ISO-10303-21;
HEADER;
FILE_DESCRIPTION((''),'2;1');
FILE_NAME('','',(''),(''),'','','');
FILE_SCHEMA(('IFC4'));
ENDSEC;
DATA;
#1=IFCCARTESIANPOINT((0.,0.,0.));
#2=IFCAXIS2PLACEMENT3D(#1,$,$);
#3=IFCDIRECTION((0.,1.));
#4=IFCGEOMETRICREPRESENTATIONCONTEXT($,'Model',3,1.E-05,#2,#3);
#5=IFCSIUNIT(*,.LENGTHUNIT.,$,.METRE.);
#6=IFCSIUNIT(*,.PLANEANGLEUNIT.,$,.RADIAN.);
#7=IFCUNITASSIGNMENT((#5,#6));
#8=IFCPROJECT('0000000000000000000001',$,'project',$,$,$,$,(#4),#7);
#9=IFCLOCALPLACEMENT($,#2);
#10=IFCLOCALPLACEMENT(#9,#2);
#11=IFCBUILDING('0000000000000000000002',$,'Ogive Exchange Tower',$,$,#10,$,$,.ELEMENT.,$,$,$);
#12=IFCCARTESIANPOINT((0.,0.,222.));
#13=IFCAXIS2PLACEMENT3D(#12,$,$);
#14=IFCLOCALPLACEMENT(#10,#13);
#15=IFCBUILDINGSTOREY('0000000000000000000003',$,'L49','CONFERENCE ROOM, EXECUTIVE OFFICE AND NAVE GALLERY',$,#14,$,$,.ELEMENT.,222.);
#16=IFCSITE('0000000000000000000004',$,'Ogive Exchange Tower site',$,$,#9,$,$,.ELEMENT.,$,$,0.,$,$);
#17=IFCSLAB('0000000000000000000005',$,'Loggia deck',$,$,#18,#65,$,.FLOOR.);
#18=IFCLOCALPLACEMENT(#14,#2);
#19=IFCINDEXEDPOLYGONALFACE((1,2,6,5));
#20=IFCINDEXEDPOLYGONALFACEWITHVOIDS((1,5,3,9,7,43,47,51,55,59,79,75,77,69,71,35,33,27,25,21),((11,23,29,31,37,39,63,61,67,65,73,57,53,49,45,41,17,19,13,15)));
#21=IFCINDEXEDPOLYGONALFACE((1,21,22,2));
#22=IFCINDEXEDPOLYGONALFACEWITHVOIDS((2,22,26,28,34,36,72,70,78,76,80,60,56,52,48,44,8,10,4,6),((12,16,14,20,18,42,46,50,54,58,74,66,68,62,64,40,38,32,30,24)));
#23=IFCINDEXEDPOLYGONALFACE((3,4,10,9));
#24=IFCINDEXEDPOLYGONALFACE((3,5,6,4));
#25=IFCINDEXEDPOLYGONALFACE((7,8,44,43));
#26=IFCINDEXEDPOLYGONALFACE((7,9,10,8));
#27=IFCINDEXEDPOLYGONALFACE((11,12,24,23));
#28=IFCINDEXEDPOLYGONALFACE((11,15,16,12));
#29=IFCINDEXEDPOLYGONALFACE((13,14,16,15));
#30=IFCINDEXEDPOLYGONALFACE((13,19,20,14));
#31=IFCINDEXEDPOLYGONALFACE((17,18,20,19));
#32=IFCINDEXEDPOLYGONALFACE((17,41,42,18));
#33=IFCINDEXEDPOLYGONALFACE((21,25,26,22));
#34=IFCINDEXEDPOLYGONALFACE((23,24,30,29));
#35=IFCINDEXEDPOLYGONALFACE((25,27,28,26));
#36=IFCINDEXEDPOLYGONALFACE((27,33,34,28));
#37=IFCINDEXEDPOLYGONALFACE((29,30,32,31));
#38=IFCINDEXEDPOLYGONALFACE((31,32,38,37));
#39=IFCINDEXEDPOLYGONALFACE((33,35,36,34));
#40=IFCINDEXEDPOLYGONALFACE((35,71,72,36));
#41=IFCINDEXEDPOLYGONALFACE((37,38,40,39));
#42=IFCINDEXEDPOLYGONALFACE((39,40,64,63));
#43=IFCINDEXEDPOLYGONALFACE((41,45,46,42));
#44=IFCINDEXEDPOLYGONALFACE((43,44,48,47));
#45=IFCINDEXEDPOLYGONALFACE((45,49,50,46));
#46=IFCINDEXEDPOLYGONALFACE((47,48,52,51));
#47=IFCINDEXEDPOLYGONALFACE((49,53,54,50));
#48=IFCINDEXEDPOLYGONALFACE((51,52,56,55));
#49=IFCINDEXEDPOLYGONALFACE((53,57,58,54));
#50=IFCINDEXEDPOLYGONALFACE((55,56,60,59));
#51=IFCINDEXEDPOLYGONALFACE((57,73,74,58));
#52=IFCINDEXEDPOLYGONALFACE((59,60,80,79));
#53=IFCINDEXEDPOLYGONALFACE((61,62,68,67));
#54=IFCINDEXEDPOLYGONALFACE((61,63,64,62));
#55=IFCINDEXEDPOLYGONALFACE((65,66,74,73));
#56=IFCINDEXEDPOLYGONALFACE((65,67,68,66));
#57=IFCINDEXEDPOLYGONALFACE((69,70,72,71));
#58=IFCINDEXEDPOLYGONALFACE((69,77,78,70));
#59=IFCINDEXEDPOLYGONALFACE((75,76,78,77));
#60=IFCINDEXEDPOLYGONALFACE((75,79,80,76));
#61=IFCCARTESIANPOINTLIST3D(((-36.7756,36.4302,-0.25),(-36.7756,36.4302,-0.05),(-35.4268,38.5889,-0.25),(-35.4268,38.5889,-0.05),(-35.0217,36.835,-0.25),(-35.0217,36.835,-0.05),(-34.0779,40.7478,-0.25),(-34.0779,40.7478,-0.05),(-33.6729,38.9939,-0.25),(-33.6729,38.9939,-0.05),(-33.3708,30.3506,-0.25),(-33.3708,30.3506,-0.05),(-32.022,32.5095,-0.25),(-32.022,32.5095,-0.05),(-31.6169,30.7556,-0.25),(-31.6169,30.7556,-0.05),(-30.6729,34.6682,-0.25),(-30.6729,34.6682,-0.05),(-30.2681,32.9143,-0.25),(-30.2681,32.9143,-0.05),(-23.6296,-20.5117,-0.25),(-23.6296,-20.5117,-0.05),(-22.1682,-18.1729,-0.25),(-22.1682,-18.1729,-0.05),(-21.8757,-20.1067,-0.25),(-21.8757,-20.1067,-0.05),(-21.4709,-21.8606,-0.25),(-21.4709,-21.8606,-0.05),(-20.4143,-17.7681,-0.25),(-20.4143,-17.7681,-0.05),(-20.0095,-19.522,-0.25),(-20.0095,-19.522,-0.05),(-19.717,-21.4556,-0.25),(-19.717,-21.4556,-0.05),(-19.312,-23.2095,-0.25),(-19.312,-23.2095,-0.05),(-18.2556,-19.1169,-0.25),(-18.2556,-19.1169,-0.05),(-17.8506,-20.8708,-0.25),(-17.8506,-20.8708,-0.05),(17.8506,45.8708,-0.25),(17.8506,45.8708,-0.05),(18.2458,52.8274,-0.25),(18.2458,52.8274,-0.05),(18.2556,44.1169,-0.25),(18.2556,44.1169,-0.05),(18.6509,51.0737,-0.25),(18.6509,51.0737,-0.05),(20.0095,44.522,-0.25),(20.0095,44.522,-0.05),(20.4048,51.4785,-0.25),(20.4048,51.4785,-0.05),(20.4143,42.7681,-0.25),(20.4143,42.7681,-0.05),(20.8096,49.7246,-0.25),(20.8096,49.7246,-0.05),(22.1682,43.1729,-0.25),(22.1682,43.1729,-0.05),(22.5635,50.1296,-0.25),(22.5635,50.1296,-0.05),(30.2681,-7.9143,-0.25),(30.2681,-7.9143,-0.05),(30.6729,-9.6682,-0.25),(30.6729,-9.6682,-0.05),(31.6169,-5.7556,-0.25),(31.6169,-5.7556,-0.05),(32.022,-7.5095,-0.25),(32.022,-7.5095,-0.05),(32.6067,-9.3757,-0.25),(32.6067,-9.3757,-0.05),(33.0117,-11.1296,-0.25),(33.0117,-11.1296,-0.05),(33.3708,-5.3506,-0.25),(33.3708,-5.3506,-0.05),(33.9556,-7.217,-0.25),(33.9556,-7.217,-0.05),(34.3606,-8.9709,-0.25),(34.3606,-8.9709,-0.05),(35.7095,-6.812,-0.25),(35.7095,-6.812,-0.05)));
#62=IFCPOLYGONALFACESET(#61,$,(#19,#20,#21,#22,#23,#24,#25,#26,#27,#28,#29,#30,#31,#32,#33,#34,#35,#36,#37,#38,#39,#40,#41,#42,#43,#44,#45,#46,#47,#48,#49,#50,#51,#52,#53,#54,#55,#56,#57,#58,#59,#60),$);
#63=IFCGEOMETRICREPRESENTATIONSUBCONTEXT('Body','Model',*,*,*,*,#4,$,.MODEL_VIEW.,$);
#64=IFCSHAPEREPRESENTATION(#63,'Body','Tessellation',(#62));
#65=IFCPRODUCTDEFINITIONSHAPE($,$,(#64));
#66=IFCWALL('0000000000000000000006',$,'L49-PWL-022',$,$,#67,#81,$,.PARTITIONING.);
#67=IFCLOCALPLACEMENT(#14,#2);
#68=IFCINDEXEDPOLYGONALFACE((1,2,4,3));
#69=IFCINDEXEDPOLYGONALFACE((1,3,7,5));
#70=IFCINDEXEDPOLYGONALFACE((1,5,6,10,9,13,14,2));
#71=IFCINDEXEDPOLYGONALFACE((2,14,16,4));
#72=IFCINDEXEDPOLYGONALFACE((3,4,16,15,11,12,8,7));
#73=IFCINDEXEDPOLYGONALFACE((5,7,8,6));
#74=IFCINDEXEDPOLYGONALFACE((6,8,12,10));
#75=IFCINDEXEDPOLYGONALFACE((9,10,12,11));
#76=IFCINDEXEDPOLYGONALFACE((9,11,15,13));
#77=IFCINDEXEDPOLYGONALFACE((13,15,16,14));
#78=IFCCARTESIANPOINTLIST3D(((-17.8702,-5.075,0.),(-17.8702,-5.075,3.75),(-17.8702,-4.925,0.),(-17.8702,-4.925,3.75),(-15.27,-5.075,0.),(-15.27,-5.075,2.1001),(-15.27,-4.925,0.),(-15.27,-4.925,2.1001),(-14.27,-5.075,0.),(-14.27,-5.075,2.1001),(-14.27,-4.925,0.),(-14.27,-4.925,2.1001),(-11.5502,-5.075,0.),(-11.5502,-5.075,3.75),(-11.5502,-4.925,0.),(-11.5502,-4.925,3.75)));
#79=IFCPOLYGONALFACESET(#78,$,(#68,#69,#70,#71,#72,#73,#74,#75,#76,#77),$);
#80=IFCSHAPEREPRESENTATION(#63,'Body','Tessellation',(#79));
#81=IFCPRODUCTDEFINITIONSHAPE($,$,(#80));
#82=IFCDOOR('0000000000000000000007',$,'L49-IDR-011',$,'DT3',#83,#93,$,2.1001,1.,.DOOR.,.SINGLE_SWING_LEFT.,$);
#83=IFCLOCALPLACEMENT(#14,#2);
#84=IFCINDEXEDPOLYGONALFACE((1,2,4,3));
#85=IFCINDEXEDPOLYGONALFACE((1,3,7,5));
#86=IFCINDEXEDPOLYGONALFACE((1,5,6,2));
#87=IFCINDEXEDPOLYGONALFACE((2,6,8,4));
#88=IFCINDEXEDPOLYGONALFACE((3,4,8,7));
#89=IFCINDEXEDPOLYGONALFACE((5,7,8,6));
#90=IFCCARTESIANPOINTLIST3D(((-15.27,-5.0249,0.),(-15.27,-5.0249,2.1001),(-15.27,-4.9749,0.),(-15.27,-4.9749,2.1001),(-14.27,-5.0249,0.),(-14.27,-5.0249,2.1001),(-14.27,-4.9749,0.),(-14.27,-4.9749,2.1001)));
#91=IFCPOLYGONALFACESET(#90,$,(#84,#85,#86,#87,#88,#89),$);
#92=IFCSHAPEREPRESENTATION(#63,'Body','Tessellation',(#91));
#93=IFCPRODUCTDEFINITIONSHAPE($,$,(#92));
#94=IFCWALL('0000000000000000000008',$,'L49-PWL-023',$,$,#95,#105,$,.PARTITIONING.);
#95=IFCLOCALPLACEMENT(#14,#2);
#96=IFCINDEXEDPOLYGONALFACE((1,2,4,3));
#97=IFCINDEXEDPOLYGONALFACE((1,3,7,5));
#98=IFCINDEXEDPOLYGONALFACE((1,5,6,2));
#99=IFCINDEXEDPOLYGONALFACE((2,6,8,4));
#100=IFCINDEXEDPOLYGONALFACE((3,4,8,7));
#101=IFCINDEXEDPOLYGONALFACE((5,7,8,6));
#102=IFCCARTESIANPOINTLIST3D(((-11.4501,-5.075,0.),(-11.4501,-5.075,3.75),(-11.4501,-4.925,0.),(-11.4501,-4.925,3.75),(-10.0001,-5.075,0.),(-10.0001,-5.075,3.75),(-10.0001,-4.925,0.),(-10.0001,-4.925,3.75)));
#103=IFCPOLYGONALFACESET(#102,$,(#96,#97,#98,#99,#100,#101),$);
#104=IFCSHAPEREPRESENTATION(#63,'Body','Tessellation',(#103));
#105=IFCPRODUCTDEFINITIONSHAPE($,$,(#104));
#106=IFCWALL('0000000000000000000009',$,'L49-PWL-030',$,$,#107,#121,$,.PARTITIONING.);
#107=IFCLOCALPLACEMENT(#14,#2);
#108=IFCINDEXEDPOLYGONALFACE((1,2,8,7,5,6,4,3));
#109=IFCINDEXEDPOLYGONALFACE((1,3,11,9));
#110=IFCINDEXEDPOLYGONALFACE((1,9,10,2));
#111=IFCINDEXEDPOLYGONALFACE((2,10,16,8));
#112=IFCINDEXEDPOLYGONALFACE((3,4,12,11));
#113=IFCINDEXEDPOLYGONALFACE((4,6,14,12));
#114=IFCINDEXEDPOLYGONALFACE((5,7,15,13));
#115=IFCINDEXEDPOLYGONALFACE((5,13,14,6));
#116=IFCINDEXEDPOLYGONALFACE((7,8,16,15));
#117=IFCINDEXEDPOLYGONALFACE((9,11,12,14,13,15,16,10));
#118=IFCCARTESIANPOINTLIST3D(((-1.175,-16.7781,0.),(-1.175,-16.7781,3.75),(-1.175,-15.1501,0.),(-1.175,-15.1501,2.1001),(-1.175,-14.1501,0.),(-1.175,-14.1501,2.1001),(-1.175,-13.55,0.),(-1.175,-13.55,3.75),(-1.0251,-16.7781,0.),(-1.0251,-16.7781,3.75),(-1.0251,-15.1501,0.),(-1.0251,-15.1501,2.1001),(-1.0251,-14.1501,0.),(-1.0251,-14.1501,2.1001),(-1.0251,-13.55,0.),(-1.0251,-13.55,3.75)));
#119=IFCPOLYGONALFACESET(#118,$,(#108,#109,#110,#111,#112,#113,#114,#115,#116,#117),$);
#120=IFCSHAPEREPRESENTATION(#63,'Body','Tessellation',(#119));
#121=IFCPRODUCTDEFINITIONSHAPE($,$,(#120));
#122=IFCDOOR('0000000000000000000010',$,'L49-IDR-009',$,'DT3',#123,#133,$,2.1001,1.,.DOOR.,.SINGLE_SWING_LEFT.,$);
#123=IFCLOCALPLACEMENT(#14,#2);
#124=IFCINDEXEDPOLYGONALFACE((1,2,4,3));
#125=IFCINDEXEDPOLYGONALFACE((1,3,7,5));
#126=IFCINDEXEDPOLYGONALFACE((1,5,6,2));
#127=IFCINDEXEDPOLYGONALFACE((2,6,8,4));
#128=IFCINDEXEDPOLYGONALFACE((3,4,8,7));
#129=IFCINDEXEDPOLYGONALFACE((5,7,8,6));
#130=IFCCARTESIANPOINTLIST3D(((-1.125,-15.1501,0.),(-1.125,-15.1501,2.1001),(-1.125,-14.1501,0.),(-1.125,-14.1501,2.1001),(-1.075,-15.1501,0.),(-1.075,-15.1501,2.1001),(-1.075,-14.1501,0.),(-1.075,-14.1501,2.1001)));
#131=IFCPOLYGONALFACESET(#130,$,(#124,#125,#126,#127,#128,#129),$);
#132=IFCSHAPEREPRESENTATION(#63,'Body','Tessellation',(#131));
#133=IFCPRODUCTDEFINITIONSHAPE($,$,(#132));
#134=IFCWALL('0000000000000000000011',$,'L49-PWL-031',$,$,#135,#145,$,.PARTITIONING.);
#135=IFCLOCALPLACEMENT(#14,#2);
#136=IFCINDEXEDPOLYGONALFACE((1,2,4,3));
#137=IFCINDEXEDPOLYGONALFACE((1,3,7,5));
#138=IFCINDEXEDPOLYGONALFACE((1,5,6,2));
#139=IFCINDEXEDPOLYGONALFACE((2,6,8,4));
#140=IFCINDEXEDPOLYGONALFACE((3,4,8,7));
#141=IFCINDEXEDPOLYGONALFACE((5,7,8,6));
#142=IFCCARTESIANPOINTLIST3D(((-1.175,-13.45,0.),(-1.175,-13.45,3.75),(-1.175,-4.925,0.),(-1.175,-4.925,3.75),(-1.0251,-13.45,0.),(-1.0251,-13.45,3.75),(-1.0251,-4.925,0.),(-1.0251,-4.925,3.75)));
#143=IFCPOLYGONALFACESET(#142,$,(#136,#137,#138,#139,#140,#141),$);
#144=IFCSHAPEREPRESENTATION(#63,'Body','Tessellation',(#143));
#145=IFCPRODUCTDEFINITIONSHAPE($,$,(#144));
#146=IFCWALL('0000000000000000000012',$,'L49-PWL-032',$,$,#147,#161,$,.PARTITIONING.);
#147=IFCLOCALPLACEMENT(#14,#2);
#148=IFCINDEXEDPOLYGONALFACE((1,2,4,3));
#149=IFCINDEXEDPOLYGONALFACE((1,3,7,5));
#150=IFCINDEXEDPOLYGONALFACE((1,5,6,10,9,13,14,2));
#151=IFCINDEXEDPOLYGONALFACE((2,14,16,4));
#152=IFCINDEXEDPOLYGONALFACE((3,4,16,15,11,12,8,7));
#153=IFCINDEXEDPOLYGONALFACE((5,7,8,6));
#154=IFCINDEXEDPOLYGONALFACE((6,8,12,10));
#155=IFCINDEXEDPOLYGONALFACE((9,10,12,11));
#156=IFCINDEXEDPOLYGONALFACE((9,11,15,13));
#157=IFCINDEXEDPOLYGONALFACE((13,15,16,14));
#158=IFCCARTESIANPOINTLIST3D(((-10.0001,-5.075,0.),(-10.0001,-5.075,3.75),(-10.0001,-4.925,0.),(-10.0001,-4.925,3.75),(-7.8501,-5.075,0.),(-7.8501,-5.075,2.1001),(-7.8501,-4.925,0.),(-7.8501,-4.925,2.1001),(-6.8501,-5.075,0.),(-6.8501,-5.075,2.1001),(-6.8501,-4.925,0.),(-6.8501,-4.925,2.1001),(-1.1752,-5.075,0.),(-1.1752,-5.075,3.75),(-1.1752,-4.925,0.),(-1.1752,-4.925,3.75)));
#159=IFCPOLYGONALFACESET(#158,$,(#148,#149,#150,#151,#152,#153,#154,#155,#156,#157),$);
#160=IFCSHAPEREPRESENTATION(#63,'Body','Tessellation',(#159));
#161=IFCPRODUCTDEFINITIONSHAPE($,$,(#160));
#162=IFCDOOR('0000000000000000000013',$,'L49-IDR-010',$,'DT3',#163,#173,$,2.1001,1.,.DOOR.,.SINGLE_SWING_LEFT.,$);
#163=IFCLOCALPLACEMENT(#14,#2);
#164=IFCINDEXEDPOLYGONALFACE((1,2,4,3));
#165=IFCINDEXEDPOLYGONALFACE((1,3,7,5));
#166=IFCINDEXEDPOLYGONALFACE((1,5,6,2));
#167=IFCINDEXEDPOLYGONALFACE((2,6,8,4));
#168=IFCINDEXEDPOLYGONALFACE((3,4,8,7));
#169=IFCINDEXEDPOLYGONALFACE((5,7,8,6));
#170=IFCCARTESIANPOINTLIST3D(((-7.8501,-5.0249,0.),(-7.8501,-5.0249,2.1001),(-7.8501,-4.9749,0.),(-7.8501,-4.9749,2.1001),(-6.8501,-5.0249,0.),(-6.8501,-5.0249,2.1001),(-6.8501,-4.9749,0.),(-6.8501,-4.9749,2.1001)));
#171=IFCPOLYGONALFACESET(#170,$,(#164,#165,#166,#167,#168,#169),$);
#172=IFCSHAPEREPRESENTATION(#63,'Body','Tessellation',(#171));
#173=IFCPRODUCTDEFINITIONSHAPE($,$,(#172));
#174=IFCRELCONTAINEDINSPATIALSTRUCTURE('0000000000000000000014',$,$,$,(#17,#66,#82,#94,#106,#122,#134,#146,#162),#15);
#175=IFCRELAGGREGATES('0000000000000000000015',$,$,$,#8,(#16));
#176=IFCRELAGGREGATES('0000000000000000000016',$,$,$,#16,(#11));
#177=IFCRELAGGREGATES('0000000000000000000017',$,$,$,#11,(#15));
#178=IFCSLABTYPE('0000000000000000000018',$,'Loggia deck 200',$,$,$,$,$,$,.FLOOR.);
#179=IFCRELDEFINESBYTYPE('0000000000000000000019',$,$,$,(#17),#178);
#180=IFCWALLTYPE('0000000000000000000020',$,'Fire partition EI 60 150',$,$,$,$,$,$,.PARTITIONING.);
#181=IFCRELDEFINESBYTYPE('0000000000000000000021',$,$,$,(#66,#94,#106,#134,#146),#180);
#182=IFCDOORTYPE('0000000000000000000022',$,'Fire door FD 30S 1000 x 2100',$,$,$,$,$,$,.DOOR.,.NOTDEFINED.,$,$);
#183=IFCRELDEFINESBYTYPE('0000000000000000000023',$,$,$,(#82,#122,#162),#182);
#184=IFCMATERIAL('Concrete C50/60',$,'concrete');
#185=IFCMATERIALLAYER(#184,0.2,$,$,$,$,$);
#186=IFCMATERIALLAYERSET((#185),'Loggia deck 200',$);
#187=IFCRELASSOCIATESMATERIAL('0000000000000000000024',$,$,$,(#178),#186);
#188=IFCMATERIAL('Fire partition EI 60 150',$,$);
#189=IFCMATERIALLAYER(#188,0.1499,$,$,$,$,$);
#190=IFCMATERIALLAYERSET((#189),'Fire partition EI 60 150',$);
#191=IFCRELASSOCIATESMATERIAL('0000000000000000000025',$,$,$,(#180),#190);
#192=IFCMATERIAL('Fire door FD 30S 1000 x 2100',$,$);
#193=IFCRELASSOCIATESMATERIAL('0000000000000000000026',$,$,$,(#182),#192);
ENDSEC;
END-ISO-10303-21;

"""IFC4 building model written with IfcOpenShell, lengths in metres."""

from ifc_helpers import new_model, si_unit, direction, frame, frame_2d, origin, place, context, subcontext, project, spatial, polyline, rectangle, outline, extrude, material, layer, layer_set, type_object, element, fill, save


model = new_model("IFC4")

# Units and contexts
model_context = context("Model", 3, precision=1e-05, world=origin(), true_north=direction((0.0, 1.0)))
body_context = subcontext(model_context, "Body", "Model", "MODEL_VIEW")
ifc_project = project(units=[si_unit("LENGTHUNIT", "METRE"), si_unit("PLANEANGLEUNIT", "RADIAN")], contexts=[model_context])

# Site, building, storey
site_placement = place(None, origin())
site = spatial("IfcSite", under=ifc_project, at=site_placement, Name="Ogive Exchange Tower site", CompositionType="ELEMENT", RefElevation=0.0)
building_placement = place(site_placement, origin())
building = spatial("IfcBuilding", under=site, at=building_placement, Name="Ogive Exchange Tower", CompositionType="ELEMENT")
storey_placement = place(building_placement, frame((0.0, 0.0, 222.0)))
storey = spatial("IfcBuildingStorey", under=building, at=storey_placement, Name="L49", Description="CONFERENCE ROOM, EXECUTIVE OFFICE AND NAVE GALLERY", CompositionType="ELEMENT", Elevation=222.0)

# Slab
ifc_material_1 = material(Name="Concrete C50/60", Category="concrete")
ifc_layer_1 = layer(ifc_material_1, 0.2)
ifc_layer_set_1 = layer_set([ifc_layer_1], Name="Loggia deck 200")
slab_type_1 = type_object("IfcSlabType", Name="Loggia deck 200", PredefinedType="FLOOR", material=ifc_layer_set_1)
slab_1_placement = place(storey_placement, frame((0.0, 0.0, -0.25)))
element("IfcSlab", 1, at=slab_1_placement, inside=storey, type_object=slab_type_1, Name="Loggia deck", PredefinedType="FLOOR", context=body_context, shape_type="SweptSolid", body=[
    extrude(outline(polyline([(-19.717, -21.4556), (-21.4709, -21.8606), (-21.8757, -20.1067), (-23.6296, -20.5117), (-36.7756, 36.4302), (-35.0217, 36.835), (-35.4268, 38.5889), (-33.6729, 38.9939), (-34.0779, 40.7478), (18.2458, 52.8274), (18.6509, 51.0737), (20.4048, 51.4785), (20.8096, 49.7246), (22.5635, 50.1296), (35.7095, -6.812), (33.9556, -7.217), (34.3606, -8.9709), (32.6067, -9.3757), (33.0117, -11.1296), (-19.312, -23.2095), (-19.717, -21.4556)]), holes=[polyline([(30.2681, -7.9143), (32.022, -7.5095), (31.6169, -5.7556), (33.3708, -5.3506), (22.1682, 43.1729), (20.4143, 42.7681), (20.0095, 44.522), (18.2556, 44.1169), (17.8506, 45.8708), (-30.6729, 34.6682), (-30.2681, 32.9143), (-32.022, 32.5095), (-31.6169, 30.7556), (-33.3708, 30.3506), (-22.1682, -18.1729), (-20.4143, -17.7681), (-20.0095, -19.522), (-18.2556, -19.1169), (-17.8506, -20.8708), (30.6729, -9.6682), (30.2681, -7.9143)])]), origin(), (0.0, 0.0, 1.0), 0.2),
])

# Wall, opening, door
ifc_material_2 = material(Name="Fire partition EI 60 150")
ifc_layer_2 = layer(ifc_material_2, 0.1499)
ifc_layer_set_2 = layer_set([ifc_layer_2], Name="Fire partition EI 60 150")
wall_type_1 = type_object("IfcWallType", Name="Fire partition EI 60 150", PredefinedType="PARTITIONING", material=ifc_layer_set_2)
wall_1_placement = place(storey_placement, frame((-11.55, -5.0, 0.0), z_axis=(0.0, 0.0, 1.0), x_axis=(-1.0, 0.0, 0.0)))
wall_1 = element("IfcWall", 2, at=wall_1_placement, inside=storey, type_object=wall_type_1, Name="L49-PWL-022", PredefinedType="PARTITIONING", context=body_context, shape_type="SweptSolid", body=[
    extrude(rectangle(XDim=6.3201, YDim=0.1499, at=frame_2d((3.1602, 0.0))), origin(), (0.0, 0.0, 1.0), 3.75),
])
opening_1_placement = place(wall_1_placement, frame((2.72, 0.0, 0.0)))
opening_1 = element("IfcOpeningElement", 3, at=opening_1_placement, cuts=wall_1, PredefinedType="OPENING", context=body_context, shape_type="SweptSolid", body=[
    extrude(rectangle(XDim=1.0, YDim=2.1001, at=frame_2d((0.5, 1.05))), frame((0.0, 0.085, 0.0), z_axis=(0.0, -1.0, 0.0), x_axis=(1.0, 0.0, 0.0)), (0.0, 0.0, 1.0), 0.1699),
])
ifc_material_3 = material(Name="Fire door FD 30S 1000 x 2100")
door_type_1 = type_object("IfcDoorType", Name="Fire door FD 30S 1000 x 2100", OperationType="NOTDEFINED", PredefinedType="DOOR", material=ifc_material_3)
door_1_placement = place(opening_1_placement, origin())
door_1 = element("IfcDoor", 4, at=door_1_placement, inside=storey, type_object=door_type_1, Name="L49-IDR-011", ObjectType="DT3", OperationType="SINGLE_SWING_LEFT", OverallHeight=2.1001, OverallWidth=1.0, PredefinedType="DOOR", context=body_context, shape_type="SweptSolid", body=[
    extrude(rectangle(XDim=1.0, YDim=2.1001, at=frame_2d((0.5, 1.05))), frame((0.0, 0.0249, 0.0), z_axis=(0.0, -1.0, 0.0), x_axis=(1.0, 0.0, 0.0)), (0.0, 0.0, 1.0), 0.05),
])
fill(opening_1, door_1)

# Wall
wall_2_placement = place(storey_placement, frame((-10.0, -5.0, 0.0), z_axis=(0.0, 0.0, 1.0), x_axis=(-1.0, 0.0, 0.0)))
element("IfcWall", 5, at=wall_2_placement, inside=storey, type_object=wall_type_1, Name="L49-PWL-023", PredefinedType="PARTITIONING", context=body_context, shape_type="SweptSolid", body=[
    extrude(rectangle(XDim=1.45, YDim=0.1499, at=frame_2d((0.7251, 0.0))), origin(), (0.0, 0.0, 1.0), 3.75),
])

# Wall, opening, door
wall_3_placement = place(storey_placement, frame((-1.1001, -16.7781, 0.0), z_axis=(0.0, 0.0, 1.0), x_axis=(0.0, 1.0, 0.0)))
wall_3 = element("IfcWall", 6, at=wall_3_placement, inside=storey, type_object=wall_type_1, Name="L49-PWL-030", PredefinedType="PARTITIONING", context=body_context, shape_type="SweptSolid", body=[
    extrude(rectangle(XDim=3.228, YDim=0.1499, at=frame_2d((1.614, 0.0))), origin(), (0.0, 0.0, 1.0), 3.75),
])
opening_2_placement = place(wall_3_placement, frame((1.6279, 0.0, 0.0)))
opening_2 = element("IfcOpeningElement", 7, at=opening_2_placement, cuts=wall_3, PredefinedType="OPENING", context=body_context, shape_type="SweptSolid", body=[
    extrude(rectangle(XDim=1.0, YDim=2.1001, at=frame_2d((0.5, 1.05))), frame((0.0, 0.085, 0.0), z_axis=(0.0, -1.0, 0.0), x_axis=(1.0, 0.0, 0.0)), (0.0, 0.0, 1.0), 0.1699),
])
door_2_placement = place(opening_2_placement, origin())
door_2 = element("IfcDoor", 8, at=door_2_placement, inside=storey, type_object=door_type_1, Name="L49-IDR-009", ObjectType="DT3", OperationType="SINGLE_SWING_LEFT", OverallHeight=2.1001, OverallWidth=1.0, PredefinedType="DOOR", context=body_context, shape_type="SweptSolid", body=[
    extrude(rectangle(XDim=1.0, YDim=2.1001, at=frame_2d((0.5, 1.05))), frame((0.0, 0.0249, 0.0), z_axis=(0.0, -1.0, 0.0), x_axis=(1.0, 0.0, 0.0)), (0.0, 0.0, 1.0), 0.05),
])
fill(opening_2, door_2)

# Wall
wall_4_placement = place(storey_placement, frame((-1.1001, -13.45, 0.0), z_axis=(0.0, 0.0, 1.0), x_axis=(0.0, 1.0, 0.0)))
element("IfcWall", 9, at=wall_4_placement, inside=storey, type_object=wall_type_1, Name="L49-PWL-031", PredefinedType="PARTITIONING", context=body_context, shape_type="SweptSolid", body=[
    extrude(rectangle(XDim=8.5249, YDim=0.1499, at=frame_2d((4.2625, 0.0))), origin(), (0.0, 0.0, 1.0), 3.75),
])

# Wall, opening, door
wall_5_placement = place(storey_placement, frame((-1.175, -5.0, 0.0), z_axis=(0.0, 0.0, 1.0), x_axis=(-1.0, 0.0, 0.0)))
wall_5 = element("IfcWall", 10, at=wall_5_placement, inside=storey, type_object=wall_type_1, Name="L49-PWL-032", PredefinedType="PARTITIONING", context=body_context, shape_type="SweptSolid", body=[
    extrude(rectangle(XDim=8.825, YDim=0.1499, at=frame_2d((4.4126, 0.0))), origin(), (0.0, 0.0, 1.0), 3.75),
])
opening_3_placement = place(wall_5_placement, frame((5.675, 0.0, 0.0)))
opening_3 = element("IfcOpeningElement", 11, at=opening_3_placement, cuts=wall_5, PredefinedType="OPENING", context=body_context, shape_type="SweptSolid", body=[
    extrude(rectangle(XDim=1.0, YDim=2.1001, at=frame_2d((0.5, 1.05))), frame((0.0, 0.085, 0.0), z_axis=(0.0, -1.0, 0.0), x_axis=(1.0, 0.0, 0.0)), (0.0, 0.0, 1.0), 0.1699),
])
door_3_placement = place(opening_3_placement, origin())
door_3 = element("IfcDoor", 12, at=door_3_placement, inside=storey, type_object=door_type_1, Name="L49-IDR-010", ObjectType="DT3", OperationType="SINGLE_SWING_LEFT", OverallHeight=2.1001, OverallWidth=1.0, PredefinedType="DOOR", context=body_context, shape_type="SweptSolid", body=[
    extrude(rectangle(XDim=1.0, YDim=2.1001, at=frame_2d((0.5, 1.05))), frame((0.0, 0.0249, 0.0), z_axis=(0.0, -1.0, 0.0), x_axis=(1.0, 0.0, 0.0)), (0.0, 0.0, 1.0), 0.05),
])
fill(opening_3, door_3)

save(model, "model.ifc")
